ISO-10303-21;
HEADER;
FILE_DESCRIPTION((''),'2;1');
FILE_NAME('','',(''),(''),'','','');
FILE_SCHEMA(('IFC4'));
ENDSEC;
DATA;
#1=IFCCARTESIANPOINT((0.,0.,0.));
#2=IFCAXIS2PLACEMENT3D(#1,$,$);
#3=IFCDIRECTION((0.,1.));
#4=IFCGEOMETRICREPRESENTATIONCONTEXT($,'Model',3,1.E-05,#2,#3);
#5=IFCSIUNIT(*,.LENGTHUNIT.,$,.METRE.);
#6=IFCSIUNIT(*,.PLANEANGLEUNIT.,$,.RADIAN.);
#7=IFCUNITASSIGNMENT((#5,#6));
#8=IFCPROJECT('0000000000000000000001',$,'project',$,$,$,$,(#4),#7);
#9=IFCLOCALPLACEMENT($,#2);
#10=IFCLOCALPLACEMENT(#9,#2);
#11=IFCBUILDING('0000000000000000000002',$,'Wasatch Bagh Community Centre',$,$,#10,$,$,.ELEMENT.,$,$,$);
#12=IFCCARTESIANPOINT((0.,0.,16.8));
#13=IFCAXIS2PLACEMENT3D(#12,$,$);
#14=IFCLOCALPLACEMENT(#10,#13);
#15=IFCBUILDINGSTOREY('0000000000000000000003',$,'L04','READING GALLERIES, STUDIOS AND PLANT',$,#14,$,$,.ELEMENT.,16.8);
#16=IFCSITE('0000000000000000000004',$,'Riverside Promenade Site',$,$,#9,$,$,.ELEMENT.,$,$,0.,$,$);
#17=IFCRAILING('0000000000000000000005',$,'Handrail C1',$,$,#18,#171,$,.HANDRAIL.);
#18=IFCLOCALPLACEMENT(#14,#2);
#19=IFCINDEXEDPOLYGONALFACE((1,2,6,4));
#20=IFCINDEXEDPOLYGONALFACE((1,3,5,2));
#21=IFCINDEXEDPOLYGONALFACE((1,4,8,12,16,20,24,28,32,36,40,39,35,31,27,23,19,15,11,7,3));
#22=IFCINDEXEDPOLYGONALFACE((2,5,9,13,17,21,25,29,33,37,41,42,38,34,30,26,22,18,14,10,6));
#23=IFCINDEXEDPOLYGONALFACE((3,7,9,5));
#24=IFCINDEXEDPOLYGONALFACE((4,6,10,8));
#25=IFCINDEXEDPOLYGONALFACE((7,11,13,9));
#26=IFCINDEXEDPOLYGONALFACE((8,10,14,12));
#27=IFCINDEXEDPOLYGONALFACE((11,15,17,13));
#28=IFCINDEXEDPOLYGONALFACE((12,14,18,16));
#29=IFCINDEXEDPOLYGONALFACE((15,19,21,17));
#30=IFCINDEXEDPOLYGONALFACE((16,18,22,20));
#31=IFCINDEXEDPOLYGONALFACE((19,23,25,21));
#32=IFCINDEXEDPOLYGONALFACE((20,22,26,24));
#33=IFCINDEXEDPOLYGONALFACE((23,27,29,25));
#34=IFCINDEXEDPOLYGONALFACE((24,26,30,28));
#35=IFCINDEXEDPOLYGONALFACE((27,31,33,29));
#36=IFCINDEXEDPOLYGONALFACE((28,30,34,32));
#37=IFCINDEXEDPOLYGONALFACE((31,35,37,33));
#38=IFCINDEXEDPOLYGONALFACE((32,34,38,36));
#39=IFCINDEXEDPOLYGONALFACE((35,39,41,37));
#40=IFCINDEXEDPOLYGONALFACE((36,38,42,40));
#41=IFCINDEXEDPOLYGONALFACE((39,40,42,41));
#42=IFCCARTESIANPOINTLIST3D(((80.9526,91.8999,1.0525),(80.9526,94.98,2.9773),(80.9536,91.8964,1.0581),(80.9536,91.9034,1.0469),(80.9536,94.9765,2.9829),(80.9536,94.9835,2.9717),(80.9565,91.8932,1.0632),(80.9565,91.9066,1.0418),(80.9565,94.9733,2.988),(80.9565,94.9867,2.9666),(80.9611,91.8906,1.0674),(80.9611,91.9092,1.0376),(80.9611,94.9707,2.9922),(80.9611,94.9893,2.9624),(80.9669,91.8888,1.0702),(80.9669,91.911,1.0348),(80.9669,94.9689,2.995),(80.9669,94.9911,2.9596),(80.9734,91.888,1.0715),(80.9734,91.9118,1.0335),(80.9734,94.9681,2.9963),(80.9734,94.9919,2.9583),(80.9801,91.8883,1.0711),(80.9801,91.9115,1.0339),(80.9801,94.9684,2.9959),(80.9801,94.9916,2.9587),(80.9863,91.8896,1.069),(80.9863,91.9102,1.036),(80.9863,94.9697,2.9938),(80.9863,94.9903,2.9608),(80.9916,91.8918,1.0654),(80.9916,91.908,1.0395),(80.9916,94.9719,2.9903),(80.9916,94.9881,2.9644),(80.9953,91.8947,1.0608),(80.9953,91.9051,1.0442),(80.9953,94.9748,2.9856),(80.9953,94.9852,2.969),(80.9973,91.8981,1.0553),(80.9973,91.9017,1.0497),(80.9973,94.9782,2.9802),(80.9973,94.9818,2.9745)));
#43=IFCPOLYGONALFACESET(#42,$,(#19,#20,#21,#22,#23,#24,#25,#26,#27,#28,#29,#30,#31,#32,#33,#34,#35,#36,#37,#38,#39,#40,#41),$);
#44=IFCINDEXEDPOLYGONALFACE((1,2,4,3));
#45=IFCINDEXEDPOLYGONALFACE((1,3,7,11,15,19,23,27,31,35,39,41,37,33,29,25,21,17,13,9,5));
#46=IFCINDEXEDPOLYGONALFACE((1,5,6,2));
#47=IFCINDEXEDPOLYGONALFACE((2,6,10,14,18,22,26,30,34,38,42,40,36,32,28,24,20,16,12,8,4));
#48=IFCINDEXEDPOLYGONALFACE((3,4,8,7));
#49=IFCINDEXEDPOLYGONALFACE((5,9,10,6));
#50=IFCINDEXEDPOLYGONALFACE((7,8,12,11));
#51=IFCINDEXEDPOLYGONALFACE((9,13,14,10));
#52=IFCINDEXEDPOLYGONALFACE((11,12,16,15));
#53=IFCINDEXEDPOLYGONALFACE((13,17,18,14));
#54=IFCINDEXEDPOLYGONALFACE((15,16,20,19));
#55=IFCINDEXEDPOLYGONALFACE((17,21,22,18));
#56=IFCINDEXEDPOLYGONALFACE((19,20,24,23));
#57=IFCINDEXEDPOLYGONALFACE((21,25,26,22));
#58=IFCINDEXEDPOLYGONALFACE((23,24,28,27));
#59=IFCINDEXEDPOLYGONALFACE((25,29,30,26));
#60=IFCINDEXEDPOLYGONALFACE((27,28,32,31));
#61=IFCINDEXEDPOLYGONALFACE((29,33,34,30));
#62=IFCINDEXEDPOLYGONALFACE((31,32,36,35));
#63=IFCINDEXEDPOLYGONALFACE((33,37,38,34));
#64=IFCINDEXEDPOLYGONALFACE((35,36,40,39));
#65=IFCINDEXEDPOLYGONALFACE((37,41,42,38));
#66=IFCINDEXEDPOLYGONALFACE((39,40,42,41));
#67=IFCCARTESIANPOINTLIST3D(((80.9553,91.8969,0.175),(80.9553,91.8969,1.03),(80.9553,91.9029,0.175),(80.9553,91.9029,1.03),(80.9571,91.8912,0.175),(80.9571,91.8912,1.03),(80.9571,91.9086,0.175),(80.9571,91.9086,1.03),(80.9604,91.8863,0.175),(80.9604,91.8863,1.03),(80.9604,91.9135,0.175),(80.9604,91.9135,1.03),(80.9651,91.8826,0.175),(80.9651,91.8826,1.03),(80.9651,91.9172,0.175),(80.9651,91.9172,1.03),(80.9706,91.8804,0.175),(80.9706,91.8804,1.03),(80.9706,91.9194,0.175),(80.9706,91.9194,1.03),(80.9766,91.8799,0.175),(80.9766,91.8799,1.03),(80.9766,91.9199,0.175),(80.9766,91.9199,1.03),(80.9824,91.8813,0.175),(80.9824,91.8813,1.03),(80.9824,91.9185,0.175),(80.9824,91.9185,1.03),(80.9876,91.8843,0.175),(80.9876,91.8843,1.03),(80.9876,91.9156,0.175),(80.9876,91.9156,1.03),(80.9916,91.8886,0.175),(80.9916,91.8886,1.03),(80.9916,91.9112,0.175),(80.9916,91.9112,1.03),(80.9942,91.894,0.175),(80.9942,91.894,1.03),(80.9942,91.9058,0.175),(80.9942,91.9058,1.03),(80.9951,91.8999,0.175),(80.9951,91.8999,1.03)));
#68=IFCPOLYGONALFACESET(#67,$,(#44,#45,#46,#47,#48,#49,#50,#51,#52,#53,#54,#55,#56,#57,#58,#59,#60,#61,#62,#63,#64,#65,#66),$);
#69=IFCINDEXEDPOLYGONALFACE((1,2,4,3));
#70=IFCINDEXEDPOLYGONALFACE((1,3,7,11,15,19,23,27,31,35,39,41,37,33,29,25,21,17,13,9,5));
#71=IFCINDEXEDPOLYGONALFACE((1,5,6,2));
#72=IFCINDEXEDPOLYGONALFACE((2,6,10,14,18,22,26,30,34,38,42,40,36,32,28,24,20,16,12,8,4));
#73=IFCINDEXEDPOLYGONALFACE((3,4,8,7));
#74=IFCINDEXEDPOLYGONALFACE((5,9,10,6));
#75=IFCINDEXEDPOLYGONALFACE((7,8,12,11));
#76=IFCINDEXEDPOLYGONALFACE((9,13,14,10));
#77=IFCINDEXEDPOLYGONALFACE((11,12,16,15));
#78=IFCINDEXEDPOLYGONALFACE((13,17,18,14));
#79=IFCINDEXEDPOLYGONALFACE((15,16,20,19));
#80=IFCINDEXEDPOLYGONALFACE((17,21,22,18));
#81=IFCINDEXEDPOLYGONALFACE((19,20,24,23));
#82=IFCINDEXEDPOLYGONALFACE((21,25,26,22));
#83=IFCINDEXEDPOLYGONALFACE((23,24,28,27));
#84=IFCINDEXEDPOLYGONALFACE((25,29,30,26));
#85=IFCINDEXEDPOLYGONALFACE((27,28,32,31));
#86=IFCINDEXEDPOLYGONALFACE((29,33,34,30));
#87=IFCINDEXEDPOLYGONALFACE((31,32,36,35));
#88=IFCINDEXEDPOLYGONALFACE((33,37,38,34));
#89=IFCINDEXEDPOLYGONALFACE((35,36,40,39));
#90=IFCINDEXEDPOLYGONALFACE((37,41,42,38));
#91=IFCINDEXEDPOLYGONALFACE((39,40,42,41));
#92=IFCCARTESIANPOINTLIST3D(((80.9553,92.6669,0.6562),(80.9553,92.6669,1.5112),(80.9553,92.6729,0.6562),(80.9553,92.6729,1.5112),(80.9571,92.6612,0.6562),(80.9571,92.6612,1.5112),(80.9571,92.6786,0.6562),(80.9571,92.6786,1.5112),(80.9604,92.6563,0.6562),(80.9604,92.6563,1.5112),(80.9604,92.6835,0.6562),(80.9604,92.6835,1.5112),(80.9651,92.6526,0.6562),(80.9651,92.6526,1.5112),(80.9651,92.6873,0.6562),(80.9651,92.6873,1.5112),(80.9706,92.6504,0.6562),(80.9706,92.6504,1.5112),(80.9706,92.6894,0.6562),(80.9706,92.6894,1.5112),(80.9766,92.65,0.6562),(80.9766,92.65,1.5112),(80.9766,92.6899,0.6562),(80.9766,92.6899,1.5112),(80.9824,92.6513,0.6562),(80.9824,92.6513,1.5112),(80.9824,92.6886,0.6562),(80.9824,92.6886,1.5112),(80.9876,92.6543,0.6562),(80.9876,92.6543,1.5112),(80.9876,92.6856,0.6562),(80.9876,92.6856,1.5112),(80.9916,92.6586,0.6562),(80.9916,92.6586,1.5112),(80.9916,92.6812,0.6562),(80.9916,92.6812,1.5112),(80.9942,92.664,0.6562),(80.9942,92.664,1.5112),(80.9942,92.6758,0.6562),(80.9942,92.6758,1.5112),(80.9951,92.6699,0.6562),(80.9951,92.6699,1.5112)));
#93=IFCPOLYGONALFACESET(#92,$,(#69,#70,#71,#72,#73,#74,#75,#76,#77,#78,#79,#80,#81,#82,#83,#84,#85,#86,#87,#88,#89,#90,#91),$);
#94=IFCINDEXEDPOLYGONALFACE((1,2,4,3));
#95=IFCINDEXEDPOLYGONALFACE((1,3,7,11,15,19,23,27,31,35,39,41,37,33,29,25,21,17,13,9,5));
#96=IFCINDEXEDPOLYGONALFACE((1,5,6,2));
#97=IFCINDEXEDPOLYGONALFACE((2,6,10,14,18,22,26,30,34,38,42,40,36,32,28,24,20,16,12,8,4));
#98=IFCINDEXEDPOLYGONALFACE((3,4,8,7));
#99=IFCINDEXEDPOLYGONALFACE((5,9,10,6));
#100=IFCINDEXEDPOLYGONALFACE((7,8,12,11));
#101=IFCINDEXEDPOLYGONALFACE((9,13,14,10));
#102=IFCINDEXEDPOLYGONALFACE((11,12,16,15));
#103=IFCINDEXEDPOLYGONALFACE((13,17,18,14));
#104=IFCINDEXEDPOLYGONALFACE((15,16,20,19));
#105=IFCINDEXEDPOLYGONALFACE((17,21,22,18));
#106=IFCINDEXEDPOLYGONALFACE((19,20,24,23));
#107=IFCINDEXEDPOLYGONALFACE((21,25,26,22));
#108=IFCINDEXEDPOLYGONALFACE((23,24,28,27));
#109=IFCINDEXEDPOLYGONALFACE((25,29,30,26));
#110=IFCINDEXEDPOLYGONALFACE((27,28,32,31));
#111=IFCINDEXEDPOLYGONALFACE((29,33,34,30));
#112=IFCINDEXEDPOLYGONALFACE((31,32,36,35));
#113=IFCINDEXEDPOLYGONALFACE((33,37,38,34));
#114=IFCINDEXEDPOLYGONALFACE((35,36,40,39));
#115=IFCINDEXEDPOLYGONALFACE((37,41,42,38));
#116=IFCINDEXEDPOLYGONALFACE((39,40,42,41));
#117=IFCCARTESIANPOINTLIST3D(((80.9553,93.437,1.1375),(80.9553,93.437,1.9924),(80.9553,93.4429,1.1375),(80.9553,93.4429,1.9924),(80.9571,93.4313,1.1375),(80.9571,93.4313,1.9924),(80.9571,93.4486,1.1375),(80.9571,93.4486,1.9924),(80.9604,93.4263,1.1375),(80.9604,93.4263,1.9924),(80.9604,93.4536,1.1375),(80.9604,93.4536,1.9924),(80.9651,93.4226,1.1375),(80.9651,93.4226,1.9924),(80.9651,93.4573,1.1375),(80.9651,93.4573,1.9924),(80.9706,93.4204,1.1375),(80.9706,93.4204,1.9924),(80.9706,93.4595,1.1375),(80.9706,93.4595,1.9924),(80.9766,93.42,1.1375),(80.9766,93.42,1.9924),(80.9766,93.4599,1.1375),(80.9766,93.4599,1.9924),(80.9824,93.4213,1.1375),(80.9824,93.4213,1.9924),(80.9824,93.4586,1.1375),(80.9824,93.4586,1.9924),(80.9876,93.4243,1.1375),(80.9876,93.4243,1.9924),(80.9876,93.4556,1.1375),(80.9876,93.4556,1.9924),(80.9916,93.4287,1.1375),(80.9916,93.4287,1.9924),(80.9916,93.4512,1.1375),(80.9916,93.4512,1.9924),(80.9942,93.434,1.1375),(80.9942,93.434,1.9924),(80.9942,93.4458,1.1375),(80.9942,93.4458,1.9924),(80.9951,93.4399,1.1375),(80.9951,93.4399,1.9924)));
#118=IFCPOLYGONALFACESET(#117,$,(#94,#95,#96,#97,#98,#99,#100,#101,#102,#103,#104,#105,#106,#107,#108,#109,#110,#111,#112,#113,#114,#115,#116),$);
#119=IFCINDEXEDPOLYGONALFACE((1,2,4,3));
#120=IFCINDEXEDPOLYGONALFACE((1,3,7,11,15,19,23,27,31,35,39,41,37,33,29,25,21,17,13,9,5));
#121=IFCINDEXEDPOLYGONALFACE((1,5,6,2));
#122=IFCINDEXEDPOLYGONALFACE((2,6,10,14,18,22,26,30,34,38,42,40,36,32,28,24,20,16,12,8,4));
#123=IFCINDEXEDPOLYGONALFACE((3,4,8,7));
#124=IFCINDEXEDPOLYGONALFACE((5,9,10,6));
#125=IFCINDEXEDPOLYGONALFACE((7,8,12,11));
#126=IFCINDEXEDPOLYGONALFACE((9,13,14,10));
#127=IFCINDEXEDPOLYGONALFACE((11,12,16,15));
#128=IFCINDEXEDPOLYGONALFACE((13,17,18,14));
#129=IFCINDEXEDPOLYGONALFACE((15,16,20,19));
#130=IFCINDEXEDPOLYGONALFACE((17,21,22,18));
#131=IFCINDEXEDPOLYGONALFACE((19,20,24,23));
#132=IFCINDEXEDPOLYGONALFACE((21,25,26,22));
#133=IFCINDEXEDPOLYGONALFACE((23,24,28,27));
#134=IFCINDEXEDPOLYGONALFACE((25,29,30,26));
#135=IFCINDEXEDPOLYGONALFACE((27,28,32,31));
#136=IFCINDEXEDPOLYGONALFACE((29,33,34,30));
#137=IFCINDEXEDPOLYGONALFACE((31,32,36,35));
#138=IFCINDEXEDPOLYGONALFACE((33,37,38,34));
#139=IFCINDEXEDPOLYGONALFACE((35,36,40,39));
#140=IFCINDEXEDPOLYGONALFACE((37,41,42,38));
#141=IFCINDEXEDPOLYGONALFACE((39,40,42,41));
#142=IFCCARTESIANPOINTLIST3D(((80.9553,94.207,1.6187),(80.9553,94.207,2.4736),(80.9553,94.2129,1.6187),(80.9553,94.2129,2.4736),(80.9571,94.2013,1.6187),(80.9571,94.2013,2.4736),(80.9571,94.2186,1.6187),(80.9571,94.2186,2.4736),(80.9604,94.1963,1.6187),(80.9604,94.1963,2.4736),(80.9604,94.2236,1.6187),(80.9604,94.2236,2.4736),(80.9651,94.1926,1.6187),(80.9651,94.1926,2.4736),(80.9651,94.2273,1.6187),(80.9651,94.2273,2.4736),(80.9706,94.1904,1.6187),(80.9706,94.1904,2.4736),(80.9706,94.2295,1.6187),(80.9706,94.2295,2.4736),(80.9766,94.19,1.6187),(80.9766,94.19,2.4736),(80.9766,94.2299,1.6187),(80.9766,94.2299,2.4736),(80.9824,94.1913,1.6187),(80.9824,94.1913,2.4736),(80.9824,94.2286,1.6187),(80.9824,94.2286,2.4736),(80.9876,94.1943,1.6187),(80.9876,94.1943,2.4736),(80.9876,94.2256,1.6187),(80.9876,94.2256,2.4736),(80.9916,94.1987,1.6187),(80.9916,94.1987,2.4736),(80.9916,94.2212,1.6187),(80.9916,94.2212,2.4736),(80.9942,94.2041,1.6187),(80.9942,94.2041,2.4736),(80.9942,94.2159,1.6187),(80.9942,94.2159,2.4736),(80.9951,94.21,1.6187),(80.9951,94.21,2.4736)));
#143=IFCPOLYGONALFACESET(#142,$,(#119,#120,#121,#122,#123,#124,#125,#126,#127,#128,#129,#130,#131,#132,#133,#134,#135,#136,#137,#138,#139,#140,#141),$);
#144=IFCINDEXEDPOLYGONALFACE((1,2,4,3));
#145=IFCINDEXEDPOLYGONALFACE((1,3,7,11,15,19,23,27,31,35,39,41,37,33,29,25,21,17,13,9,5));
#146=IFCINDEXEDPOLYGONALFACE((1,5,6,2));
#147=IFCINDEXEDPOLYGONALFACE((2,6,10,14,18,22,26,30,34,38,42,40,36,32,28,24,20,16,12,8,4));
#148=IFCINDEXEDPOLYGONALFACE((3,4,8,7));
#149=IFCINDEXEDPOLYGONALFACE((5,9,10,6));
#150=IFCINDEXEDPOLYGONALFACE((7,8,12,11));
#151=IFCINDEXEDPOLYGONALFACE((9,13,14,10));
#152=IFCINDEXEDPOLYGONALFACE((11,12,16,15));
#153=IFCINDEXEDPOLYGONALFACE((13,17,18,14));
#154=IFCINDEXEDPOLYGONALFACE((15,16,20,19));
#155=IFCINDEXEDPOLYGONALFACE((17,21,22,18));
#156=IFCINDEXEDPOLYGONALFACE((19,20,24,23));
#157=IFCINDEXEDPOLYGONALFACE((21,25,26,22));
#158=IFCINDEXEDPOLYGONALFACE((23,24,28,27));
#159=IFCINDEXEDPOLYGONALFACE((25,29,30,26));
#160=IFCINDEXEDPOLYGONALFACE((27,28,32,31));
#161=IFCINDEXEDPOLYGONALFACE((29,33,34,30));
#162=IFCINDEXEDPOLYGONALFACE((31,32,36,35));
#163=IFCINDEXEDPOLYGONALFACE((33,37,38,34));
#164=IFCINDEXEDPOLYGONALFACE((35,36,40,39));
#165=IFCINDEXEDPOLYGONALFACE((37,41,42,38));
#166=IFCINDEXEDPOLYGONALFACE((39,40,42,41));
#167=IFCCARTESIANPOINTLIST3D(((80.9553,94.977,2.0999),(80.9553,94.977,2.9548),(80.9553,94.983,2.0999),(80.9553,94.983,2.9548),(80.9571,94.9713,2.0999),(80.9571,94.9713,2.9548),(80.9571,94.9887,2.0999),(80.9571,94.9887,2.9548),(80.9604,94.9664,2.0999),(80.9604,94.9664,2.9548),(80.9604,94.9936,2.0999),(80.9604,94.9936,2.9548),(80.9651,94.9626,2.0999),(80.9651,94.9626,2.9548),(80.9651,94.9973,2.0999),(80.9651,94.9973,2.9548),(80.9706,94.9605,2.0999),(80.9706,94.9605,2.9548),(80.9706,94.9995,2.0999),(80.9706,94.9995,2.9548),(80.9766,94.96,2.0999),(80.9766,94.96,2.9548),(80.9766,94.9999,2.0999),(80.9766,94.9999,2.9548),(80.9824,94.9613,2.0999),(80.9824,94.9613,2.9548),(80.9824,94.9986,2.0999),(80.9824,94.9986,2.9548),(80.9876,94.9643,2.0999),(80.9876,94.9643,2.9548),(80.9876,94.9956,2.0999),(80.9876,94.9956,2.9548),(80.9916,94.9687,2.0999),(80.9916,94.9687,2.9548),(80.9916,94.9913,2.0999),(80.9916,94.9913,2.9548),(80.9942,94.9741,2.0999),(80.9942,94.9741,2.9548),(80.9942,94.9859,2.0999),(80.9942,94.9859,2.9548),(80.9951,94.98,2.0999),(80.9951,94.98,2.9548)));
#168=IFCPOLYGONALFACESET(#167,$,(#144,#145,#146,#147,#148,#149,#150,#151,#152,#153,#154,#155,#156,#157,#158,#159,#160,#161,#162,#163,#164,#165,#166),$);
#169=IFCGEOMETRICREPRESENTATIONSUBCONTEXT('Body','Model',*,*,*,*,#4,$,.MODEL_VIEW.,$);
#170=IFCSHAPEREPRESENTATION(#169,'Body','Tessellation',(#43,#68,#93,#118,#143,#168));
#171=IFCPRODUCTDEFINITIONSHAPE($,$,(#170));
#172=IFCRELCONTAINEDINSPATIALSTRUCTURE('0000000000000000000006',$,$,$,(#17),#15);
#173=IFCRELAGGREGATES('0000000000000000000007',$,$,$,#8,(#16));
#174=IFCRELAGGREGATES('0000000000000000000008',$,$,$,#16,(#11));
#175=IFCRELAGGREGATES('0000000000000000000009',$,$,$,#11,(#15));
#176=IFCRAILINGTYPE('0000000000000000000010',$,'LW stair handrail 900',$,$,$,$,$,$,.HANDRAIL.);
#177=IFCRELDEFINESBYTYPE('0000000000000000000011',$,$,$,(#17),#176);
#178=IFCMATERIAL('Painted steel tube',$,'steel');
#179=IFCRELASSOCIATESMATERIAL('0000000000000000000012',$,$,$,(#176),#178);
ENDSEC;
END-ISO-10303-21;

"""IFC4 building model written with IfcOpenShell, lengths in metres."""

from ifc_helpers import new_model, si_unit, direction, frame, origin, origin_2d, place, context, subcontext, project, spatial, circle, extrude, material, type_object, element, save


model = new_model("IFC4")

# Units and contexts
model_context = context("Model", 3, precision=1e-05, world=origin(), true_north=direction((0.0, 1.0)))
body_context = subcontext(model_context, "Body", "Model", "MODEL_VIEW")
ifc_project = project(units=[si_unit("LENGTHUNIT", "METRE"), si_unit("PLANEANGLEUNIT", "RADIAN")], contexts=[model_context])

# Site, building, storey
site_placement = place(None, origin())
site = spatial("IfcSite", under=ifc_project, at=site_placement, Name="Riverside Promenade Site", CompositionType="ELEMENT", RefElevation=0.0)
building_placement = place(site_placement, origin())
building = spatial("IfcBuilding", under=site, at=building_placement, Name="Wasatch Bagh Community Centre", CompositionType="ELEMENT")
storey_placement = place(building_placement, frame((0.0, 0.0, 16.8)))
storey = spatial("IfcBuildingStorey", under=building, at=storey_placement, Name="L04", Description="READING GALLERIES, STUDIOS AND PLANT", CompositionType="ELEMENT", Elevation=16.8)

# Railing
ifc_material_1 = material(Name="Painted steel tube", Category="steel")
railing_type_1 = type_object("IfcRailingType", Name="LW stair handrail 900", PredefinedType="HANDRAIL", material=ifc_material_1)
railing_placement = place(storey_placement, frame((80.9751, 91.8999, 0.175)))
element("IfcRailing", 1, at=railing_placement, inside=storey, type_object=railing_type_1, Name="Handrail C1", PredefinedType="HANDRAIL", context=body_context, shape_type="SweptSolid", body=[
    extrude(circle(Radius=0.0225, at=origin_2d()), frame((0.0, 0.0, 0.8774), z_axis=(0.0, 0.848029, 0.529951), x_axis=(-1.0, 0.0, 0.0)), (0.0, 0.0, 1.0), 3.6321),
    extrude(circle(Radius=0.02, at=origin_2d()), origin(), (0.0, 0.0, 1.0), 0.855),
    extrude(circle(Radius=0.02, at=origin_2d()), frame((0.0, 0.77, 0.4812)), (0.0, 0.0, 1.0), 0.855),
    extrude(circle(Radius=0.02, at=origin_2d()), frame((0.0, 1.54, 0.9624)), (0.0, 0.0, 1.0), 0.855),
    extrude(circle(Radius=0.02, at=origin_2d()), frame((0.0, 2.3101, 1.4436)), (0.0, 0.0, 1.0), 0.855),
    extrude(circle(Radius=0.02, at=origin_2d()), frame((0.0, 3.0801, 1.9248)), (0.0, 0.0, 1.0), 0.855),
])

save(model, "model.ifc")
